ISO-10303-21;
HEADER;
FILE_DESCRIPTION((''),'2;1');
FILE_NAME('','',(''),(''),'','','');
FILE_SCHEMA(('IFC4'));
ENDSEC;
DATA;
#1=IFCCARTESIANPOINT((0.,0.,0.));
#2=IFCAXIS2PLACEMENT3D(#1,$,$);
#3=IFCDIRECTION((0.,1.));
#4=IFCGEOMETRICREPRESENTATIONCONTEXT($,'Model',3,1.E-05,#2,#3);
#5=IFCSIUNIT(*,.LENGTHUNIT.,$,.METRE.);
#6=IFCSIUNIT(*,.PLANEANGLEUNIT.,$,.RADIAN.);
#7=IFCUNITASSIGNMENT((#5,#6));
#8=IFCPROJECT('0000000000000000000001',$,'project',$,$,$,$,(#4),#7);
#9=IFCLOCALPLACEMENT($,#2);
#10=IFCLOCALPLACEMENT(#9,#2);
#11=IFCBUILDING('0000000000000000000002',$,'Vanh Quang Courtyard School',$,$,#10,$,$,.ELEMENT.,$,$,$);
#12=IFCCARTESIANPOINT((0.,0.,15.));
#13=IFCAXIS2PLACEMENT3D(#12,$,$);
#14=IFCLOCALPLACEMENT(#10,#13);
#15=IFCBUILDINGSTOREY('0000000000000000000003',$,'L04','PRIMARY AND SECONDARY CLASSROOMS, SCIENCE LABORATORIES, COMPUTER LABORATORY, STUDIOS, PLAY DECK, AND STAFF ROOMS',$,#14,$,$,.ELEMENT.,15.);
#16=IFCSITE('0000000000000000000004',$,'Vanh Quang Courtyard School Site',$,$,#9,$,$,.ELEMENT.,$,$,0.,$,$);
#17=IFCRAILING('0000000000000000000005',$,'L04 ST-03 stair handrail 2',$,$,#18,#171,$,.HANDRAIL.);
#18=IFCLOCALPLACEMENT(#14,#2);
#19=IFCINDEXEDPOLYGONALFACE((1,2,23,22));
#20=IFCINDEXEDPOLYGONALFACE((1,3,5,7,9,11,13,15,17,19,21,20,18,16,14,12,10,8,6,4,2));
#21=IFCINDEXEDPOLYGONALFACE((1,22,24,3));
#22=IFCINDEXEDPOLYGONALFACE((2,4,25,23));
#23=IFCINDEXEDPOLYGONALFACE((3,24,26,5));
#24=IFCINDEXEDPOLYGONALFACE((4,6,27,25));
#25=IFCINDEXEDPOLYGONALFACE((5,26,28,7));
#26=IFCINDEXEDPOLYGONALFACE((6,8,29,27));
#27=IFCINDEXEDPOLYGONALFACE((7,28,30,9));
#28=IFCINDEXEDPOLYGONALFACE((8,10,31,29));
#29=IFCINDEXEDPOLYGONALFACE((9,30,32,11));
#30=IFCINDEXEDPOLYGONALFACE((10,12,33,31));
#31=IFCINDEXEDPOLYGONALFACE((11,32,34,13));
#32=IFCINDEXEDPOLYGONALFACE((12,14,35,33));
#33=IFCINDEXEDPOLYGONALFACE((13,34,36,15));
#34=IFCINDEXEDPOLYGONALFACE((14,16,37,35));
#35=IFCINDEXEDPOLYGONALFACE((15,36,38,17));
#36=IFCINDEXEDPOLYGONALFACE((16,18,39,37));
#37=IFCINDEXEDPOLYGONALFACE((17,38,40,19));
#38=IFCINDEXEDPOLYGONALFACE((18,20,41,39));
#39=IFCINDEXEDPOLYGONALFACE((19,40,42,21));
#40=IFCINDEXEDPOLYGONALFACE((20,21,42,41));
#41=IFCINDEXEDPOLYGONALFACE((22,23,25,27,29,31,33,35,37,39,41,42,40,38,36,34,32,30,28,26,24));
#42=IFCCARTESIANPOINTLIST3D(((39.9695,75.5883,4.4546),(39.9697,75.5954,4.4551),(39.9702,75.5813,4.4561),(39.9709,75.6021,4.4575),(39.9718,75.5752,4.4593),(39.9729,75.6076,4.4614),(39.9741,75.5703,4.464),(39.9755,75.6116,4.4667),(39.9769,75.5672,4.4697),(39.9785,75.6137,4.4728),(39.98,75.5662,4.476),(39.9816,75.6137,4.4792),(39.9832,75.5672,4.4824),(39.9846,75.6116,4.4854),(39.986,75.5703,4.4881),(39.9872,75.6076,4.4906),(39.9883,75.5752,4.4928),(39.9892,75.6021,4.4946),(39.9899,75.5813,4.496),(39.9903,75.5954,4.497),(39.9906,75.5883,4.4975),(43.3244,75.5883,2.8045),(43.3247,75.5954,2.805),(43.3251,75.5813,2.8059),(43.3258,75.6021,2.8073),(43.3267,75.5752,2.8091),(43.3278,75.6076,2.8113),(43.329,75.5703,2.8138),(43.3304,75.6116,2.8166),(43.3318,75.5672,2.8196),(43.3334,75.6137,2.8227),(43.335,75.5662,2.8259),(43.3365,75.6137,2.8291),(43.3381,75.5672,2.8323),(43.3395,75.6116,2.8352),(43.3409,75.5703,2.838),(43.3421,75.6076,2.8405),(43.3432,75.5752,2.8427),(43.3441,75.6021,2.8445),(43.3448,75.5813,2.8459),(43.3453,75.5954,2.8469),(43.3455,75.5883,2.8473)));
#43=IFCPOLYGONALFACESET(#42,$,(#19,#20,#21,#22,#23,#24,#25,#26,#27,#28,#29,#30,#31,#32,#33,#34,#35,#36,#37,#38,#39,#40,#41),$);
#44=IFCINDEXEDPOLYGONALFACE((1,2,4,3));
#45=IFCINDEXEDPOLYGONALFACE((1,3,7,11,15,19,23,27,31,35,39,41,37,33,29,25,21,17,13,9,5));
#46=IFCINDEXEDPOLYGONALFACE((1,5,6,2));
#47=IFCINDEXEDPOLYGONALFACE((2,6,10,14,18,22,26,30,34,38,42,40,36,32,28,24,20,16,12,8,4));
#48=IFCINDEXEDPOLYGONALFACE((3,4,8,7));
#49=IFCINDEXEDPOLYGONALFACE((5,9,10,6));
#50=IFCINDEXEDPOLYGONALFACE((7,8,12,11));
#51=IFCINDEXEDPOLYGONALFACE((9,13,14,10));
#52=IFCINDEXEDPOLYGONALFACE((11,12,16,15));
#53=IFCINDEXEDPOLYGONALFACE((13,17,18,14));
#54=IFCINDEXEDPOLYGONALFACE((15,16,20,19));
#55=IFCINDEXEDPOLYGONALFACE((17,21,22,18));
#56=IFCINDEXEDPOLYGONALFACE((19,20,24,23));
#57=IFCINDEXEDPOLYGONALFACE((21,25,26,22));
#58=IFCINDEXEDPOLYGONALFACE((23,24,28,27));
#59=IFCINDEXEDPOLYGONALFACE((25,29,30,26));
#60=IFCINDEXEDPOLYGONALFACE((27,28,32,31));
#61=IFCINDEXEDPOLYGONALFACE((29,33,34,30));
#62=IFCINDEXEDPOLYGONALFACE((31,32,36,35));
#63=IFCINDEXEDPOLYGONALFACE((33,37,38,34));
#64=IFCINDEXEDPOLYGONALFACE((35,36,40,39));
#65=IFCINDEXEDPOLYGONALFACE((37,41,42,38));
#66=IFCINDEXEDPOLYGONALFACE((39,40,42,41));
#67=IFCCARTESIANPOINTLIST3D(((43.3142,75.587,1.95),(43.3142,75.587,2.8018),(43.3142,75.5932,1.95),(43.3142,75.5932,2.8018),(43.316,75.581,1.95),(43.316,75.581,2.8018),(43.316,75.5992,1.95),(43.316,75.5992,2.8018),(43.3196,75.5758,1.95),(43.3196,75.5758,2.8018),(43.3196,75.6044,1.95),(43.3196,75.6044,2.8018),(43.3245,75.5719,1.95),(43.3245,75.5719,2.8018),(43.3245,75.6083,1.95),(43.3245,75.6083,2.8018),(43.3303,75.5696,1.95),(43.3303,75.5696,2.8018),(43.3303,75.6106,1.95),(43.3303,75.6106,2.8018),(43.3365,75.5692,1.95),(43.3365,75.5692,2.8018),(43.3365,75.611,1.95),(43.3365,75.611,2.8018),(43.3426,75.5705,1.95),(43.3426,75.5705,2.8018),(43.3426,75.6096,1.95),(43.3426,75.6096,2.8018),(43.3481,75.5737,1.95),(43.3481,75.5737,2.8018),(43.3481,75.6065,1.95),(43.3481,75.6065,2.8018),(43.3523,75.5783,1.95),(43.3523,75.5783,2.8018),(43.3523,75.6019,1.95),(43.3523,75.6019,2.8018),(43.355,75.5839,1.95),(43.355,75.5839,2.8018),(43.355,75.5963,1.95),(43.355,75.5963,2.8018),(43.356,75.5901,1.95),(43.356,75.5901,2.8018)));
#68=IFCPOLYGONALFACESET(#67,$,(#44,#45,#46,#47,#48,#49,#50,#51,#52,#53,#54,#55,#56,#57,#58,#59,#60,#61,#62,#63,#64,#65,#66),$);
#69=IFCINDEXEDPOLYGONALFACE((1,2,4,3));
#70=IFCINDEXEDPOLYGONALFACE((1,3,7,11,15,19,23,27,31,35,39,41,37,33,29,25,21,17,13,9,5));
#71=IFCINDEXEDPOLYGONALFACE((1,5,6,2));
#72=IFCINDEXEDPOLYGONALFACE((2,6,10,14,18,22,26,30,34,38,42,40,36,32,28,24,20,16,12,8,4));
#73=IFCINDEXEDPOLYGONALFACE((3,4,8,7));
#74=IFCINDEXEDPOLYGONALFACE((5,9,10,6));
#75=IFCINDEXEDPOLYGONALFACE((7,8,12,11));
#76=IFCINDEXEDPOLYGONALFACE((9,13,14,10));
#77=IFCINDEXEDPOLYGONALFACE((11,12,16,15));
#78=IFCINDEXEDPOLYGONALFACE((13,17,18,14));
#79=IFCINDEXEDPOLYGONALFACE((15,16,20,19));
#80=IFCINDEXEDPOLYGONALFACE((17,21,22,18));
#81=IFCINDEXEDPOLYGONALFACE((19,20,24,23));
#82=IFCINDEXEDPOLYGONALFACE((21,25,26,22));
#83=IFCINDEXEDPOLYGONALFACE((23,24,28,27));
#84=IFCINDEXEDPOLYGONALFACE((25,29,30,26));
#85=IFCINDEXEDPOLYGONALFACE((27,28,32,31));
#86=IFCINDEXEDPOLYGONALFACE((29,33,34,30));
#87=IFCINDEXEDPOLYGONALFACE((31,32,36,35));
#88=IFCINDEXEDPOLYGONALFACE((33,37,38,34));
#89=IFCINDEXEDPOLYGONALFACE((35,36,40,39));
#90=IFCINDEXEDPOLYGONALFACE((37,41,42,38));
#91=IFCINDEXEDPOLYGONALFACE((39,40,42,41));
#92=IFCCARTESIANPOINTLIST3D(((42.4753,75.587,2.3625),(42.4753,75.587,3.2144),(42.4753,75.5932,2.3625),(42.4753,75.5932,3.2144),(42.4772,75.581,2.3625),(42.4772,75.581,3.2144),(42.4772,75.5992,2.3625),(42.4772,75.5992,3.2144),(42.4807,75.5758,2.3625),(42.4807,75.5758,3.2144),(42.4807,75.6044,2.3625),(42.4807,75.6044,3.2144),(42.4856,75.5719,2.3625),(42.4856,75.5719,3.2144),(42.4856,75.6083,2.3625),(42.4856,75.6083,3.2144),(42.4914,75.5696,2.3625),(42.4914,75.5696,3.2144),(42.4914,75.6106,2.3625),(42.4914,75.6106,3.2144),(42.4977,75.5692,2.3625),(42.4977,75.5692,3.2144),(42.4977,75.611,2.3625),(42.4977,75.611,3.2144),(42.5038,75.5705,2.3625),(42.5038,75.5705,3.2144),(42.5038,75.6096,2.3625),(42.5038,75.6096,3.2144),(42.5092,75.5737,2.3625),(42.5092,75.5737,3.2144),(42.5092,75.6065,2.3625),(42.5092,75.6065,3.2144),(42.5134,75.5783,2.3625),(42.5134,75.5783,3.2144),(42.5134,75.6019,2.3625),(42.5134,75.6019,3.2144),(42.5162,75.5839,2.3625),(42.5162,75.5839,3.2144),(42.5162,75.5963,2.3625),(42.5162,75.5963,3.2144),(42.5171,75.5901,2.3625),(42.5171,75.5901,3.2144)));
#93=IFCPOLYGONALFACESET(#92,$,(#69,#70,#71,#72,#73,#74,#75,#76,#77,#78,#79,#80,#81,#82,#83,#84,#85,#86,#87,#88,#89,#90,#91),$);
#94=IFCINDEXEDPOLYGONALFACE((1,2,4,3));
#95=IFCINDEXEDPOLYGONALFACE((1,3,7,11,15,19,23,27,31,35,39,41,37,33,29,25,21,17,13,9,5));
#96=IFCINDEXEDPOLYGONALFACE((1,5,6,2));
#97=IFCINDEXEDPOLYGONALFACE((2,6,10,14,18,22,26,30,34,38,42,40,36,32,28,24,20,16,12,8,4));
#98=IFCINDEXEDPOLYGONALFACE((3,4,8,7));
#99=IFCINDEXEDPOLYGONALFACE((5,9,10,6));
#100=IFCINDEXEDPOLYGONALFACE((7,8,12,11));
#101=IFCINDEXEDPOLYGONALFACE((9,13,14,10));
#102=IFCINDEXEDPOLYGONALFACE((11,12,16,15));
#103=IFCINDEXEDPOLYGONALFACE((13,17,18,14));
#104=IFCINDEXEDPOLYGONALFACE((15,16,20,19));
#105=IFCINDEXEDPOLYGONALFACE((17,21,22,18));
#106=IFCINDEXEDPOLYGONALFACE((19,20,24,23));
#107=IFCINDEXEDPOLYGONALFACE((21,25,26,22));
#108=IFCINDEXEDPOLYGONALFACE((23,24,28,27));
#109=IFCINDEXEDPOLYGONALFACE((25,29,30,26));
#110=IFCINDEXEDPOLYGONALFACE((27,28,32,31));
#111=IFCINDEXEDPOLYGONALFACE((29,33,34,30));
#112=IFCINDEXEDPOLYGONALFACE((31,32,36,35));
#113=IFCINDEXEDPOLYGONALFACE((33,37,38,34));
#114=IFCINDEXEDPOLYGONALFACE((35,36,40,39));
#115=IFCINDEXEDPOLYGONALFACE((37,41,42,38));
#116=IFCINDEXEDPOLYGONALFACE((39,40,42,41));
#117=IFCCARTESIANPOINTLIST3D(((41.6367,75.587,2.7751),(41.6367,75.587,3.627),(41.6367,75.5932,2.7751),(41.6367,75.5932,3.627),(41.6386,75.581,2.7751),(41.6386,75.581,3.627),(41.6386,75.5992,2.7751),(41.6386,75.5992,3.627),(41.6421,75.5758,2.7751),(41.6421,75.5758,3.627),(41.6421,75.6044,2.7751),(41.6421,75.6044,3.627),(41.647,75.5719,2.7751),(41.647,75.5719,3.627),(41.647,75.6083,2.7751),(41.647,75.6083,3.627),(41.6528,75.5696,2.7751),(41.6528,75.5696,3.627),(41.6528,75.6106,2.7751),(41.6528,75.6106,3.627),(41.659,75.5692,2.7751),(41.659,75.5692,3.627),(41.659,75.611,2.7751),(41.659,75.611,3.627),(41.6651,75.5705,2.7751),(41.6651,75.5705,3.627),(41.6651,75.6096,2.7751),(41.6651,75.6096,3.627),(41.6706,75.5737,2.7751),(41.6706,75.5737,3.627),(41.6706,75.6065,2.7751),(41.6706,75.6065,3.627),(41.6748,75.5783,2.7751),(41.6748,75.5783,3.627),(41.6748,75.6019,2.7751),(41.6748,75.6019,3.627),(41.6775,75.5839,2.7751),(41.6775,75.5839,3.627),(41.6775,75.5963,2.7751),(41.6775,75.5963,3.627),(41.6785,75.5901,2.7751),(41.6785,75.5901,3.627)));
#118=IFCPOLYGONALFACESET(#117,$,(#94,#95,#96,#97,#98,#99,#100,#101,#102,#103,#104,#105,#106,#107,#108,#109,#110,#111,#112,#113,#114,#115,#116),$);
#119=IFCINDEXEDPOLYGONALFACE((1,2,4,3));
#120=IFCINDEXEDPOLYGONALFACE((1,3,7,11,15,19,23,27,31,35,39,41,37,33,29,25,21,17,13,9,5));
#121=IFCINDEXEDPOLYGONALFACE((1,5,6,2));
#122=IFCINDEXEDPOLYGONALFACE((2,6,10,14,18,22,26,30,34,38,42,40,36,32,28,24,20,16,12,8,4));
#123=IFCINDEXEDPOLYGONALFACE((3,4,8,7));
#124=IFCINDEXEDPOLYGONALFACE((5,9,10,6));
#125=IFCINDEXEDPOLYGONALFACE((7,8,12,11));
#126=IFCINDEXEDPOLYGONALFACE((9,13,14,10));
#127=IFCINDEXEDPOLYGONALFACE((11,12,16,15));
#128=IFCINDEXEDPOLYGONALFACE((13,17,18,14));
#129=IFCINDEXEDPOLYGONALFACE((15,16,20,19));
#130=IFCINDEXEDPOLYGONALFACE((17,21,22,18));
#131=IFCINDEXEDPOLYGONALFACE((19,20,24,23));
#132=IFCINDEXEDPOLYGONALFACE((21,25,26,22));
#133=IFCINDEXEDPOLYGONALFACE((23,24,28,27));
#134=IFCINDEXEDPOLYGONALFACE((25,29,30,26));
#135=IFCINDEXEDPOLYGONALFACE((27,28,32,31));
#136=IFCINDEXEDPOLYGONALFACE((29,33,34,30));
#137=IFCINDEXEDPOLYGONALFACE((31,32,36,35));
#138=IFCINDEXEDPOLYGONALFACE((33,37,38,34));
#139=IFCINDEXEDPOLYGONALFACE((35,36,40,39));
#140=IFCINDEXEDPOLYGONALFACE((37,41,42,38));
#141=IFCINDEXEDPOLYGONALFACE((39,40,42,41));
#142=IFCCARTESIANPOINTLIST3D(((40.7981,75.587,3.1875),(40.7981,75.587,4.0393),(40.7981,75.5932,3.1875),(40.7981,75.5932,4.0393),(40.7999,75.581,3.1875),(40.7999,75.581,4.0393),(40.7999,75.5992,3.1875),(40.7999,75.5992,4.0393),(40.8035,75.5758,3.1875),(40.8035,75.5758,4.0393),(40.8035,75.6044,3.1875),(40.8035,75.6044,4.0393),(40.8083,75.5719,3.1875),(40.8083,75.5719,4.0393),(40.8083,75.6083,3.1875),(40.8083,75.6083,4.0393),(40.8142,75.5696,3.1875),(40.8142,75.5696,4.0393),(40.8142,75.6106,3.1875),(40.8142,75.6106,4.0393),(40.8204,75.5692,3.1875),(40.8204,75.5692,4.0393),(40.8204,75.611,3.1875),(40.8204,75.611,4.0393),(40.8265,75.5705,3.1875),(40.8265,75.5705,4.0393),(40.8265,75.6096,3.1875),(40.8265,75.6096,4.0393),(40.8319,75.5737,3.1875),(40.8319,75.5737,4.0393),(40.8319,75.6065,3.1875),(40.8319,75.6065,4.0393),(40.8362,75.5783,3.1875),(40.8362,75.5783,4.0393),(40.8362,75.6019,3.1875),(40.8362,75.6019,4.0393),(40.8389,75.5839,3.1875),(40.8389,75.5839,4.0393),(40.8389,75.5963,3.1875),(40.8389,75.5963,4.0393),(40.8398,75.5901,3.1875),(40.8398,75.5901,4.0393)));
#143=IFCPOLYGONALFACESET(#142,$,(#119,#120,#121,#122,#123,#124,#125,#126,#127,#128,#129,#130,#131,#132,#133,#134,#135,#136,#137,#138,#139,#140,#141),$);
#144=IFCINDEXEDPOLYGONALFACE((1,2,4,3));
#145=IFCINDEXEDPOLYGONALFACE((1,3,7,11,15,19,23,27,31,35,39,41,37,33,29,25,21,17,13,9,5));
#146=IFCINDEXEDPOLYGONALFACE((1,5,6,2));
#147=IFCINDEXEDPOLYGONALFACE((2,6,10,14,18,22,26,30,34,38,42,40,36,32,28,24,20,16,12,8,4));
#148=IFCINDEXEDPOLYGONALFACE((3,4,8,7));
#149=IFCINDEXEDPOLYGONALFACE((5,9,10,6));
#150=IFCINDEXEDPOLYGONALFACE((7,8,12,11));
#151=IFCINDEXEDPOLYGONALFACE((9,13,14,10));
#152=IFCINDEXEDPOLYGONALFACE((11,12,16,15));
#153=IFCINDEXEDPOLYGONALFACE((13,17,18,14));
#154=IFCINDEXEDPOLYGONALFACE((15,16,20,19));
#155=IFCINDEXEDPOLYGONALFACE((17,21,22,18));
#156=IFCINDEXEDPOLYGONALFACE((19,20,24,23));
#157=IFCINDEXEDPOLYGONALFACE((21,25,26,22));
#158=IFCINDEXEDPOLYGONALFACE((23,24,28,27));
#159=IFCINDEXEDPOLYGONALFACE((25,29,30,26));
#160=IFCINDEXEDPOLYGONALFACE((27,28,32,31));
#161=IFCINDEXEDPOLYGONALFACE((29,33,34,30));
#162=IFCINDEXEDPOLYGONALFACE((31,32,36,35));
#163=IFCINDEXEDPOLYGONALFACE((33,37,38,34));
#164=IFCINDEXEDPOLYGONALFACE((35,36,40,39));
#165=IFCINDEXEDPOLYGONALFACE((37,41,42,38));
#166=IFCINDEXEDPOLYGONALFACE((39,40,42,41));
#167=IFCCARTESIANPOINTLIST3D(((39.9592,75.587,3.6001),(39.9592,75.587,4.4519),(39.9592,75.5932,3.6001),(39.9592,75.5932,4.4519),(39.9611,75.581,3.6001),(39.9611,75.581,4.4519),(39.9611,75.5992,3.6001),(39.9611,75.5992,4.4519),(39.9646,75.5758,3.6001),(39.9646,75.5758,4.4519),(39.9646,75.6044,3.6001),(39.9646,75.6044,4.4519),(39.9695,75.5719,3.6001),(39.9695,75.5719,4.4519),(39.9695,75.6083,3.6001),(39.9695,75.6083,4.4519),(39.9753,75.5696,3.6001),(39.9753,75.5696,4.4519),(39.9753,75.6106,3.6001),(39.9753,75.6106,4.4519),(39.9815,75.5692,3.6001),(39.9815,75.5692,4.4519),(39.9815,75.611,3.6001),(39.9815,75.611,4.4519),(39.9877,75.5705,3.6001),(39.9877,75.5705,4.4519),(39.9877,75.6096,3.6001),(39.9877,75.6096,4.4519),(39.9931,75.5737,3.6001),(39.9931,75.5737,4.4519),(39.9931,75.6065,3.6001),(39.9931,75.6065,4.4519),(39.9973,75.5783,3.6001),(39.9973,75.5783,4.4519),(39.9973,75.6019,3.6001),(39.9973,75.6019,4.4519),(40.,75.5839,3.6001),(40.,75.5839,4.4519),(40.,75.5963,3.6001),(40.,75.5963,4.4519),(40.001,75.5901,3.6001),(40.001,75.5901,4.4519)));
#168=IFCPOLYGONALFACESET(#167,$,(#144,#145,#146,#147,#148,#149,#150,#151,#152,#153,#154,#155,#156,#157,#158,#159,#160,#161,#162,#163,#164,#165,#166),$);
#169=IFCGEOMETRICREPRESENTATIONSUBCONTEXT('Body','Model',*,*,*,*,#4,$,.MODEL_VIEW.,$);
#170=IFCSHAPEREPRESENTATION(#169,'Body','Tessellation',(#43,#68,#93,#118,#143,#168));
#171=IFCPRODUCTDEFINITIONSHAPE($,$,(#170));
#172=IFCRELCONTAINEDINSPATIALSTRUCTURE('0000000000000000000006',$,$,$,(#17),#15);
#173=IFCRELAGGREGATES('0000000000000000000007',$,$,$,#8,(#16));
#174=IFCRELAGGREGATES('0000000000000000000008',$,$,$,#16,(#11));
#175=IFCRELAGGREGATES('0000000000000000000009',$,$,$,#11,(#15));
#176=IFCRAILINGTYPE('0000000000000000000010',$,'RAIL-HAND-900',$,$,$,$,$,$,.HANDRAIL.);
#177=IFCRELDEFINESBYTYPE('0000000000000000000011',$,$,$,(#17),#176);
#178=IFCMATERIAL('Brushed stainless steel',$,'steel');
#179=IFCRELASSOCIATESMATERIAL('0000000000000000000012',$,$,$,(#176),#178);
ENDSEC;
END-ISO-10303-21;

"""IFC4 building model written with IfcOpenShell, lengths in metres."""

from ifc_helpers import new_model, si_unit, direction, frame, origin, origin_2d, place, context, subcontext, project, spatial, circle, extrude, material, type_object, element, save


model = new_model("IFC4")

# Units and contexts
model_context = context("Model", 3, precision=1e-05, world=origin(), true_north=direction((0.0, 1.0)))
body_context = subcontext(model_context, "Body", "Model", "MODEL_VIEW")
ifc_project = project(units=[si_unit("LENGTHUNIT", "METRE"), si_unit("PLANEANGLEUNIT", "RADIAN")], contexts=[model_context])

# Site, building, storey
site_placement = place(None, origin())
site = spatial("IfcSite", under=ifc_project, at=site_placement, Name="Vanh Quang Courtyard School Site", CompositionType="ELEMENT", RefElevation=0.0)
building_placement = place(site_placement, origin())
building = spatial("IfcBuilding", under=site, at=building_placement, Name="Vanh Quang Courtyard School", CompositionType="ELEMENT")
storey_placement = place(building_placement, frame((0.0, 0.0, 15.0)))
storey = spatial("IfcBuildingStorey", under=building, at=storey_placement, Name="L04", Description="PRIMARY AND SECONDARY CLASSROOMS, SCIENCE LABORATORIES, COMPUTER LABORATORY, STUDIOS, PLAY DECK, AND STAFF ROOMS", CompositionType="ELEMENT", Elevation=15.0)

# Railing
ifc_material_1 = material(Name="Brushed stainless steel", Category="steel")
railing_type_1 = type_object("IfcRailingType", Name="RAIL-HAND-900", PredefinedType="HANDRAIL", material=ifc_material_1)
railing_1_placement = place(storey_placement, frame((43.335, 75.5901, 1.95)))
element("IfcRailing", 1, at=railing_1_placement, inside=storey, type_object=railing_type_1, Name="L04 ST-03 stair handrail 2", PredefinedType="HANDRAIL", context=body_context, shape_type="SweptSolid", body=[
    extrude(circle(Radius=0.0239, at=origin_2d()), frame((0.0, 0.0, 0.876), z_axis=(-0.897333, 0.0, 0.441353), x_axis=(0.0, -1.0, 0.0)), (0.0, 0.0, 1.0), 3.7388),
    extrude(circle(Radius=0.021, at=origin_2d()), origin(), (0.0, 0.0, 1.0), 0.8518),
    extrude(circle(Radius=0.021, at=origin_2d()), frame((-0.8389, 0.0, 0.4126)), (0.0, 0.0, 1.0), 0.8518),
    extrude(circle(Radius=0.021, at=origin_2d()), frame((-1.6775, 0.0, 0.8252)), (0.0, 0.0, 1.0), 0.8518),
    extrude(circle(Radius=0.021, at=origin_2d()), frame((-2.5161, 0.0, 1.2375)), (0.0, 0.0, 1.0), 0.8518),
    extrude(circle(Radius=0.021, at=origin_2d()), frame((-3.355, 0.0, 1.6501)), (0.0, 0.0, 1.0), 0.8518),
])

save(model, "model.ifc")
